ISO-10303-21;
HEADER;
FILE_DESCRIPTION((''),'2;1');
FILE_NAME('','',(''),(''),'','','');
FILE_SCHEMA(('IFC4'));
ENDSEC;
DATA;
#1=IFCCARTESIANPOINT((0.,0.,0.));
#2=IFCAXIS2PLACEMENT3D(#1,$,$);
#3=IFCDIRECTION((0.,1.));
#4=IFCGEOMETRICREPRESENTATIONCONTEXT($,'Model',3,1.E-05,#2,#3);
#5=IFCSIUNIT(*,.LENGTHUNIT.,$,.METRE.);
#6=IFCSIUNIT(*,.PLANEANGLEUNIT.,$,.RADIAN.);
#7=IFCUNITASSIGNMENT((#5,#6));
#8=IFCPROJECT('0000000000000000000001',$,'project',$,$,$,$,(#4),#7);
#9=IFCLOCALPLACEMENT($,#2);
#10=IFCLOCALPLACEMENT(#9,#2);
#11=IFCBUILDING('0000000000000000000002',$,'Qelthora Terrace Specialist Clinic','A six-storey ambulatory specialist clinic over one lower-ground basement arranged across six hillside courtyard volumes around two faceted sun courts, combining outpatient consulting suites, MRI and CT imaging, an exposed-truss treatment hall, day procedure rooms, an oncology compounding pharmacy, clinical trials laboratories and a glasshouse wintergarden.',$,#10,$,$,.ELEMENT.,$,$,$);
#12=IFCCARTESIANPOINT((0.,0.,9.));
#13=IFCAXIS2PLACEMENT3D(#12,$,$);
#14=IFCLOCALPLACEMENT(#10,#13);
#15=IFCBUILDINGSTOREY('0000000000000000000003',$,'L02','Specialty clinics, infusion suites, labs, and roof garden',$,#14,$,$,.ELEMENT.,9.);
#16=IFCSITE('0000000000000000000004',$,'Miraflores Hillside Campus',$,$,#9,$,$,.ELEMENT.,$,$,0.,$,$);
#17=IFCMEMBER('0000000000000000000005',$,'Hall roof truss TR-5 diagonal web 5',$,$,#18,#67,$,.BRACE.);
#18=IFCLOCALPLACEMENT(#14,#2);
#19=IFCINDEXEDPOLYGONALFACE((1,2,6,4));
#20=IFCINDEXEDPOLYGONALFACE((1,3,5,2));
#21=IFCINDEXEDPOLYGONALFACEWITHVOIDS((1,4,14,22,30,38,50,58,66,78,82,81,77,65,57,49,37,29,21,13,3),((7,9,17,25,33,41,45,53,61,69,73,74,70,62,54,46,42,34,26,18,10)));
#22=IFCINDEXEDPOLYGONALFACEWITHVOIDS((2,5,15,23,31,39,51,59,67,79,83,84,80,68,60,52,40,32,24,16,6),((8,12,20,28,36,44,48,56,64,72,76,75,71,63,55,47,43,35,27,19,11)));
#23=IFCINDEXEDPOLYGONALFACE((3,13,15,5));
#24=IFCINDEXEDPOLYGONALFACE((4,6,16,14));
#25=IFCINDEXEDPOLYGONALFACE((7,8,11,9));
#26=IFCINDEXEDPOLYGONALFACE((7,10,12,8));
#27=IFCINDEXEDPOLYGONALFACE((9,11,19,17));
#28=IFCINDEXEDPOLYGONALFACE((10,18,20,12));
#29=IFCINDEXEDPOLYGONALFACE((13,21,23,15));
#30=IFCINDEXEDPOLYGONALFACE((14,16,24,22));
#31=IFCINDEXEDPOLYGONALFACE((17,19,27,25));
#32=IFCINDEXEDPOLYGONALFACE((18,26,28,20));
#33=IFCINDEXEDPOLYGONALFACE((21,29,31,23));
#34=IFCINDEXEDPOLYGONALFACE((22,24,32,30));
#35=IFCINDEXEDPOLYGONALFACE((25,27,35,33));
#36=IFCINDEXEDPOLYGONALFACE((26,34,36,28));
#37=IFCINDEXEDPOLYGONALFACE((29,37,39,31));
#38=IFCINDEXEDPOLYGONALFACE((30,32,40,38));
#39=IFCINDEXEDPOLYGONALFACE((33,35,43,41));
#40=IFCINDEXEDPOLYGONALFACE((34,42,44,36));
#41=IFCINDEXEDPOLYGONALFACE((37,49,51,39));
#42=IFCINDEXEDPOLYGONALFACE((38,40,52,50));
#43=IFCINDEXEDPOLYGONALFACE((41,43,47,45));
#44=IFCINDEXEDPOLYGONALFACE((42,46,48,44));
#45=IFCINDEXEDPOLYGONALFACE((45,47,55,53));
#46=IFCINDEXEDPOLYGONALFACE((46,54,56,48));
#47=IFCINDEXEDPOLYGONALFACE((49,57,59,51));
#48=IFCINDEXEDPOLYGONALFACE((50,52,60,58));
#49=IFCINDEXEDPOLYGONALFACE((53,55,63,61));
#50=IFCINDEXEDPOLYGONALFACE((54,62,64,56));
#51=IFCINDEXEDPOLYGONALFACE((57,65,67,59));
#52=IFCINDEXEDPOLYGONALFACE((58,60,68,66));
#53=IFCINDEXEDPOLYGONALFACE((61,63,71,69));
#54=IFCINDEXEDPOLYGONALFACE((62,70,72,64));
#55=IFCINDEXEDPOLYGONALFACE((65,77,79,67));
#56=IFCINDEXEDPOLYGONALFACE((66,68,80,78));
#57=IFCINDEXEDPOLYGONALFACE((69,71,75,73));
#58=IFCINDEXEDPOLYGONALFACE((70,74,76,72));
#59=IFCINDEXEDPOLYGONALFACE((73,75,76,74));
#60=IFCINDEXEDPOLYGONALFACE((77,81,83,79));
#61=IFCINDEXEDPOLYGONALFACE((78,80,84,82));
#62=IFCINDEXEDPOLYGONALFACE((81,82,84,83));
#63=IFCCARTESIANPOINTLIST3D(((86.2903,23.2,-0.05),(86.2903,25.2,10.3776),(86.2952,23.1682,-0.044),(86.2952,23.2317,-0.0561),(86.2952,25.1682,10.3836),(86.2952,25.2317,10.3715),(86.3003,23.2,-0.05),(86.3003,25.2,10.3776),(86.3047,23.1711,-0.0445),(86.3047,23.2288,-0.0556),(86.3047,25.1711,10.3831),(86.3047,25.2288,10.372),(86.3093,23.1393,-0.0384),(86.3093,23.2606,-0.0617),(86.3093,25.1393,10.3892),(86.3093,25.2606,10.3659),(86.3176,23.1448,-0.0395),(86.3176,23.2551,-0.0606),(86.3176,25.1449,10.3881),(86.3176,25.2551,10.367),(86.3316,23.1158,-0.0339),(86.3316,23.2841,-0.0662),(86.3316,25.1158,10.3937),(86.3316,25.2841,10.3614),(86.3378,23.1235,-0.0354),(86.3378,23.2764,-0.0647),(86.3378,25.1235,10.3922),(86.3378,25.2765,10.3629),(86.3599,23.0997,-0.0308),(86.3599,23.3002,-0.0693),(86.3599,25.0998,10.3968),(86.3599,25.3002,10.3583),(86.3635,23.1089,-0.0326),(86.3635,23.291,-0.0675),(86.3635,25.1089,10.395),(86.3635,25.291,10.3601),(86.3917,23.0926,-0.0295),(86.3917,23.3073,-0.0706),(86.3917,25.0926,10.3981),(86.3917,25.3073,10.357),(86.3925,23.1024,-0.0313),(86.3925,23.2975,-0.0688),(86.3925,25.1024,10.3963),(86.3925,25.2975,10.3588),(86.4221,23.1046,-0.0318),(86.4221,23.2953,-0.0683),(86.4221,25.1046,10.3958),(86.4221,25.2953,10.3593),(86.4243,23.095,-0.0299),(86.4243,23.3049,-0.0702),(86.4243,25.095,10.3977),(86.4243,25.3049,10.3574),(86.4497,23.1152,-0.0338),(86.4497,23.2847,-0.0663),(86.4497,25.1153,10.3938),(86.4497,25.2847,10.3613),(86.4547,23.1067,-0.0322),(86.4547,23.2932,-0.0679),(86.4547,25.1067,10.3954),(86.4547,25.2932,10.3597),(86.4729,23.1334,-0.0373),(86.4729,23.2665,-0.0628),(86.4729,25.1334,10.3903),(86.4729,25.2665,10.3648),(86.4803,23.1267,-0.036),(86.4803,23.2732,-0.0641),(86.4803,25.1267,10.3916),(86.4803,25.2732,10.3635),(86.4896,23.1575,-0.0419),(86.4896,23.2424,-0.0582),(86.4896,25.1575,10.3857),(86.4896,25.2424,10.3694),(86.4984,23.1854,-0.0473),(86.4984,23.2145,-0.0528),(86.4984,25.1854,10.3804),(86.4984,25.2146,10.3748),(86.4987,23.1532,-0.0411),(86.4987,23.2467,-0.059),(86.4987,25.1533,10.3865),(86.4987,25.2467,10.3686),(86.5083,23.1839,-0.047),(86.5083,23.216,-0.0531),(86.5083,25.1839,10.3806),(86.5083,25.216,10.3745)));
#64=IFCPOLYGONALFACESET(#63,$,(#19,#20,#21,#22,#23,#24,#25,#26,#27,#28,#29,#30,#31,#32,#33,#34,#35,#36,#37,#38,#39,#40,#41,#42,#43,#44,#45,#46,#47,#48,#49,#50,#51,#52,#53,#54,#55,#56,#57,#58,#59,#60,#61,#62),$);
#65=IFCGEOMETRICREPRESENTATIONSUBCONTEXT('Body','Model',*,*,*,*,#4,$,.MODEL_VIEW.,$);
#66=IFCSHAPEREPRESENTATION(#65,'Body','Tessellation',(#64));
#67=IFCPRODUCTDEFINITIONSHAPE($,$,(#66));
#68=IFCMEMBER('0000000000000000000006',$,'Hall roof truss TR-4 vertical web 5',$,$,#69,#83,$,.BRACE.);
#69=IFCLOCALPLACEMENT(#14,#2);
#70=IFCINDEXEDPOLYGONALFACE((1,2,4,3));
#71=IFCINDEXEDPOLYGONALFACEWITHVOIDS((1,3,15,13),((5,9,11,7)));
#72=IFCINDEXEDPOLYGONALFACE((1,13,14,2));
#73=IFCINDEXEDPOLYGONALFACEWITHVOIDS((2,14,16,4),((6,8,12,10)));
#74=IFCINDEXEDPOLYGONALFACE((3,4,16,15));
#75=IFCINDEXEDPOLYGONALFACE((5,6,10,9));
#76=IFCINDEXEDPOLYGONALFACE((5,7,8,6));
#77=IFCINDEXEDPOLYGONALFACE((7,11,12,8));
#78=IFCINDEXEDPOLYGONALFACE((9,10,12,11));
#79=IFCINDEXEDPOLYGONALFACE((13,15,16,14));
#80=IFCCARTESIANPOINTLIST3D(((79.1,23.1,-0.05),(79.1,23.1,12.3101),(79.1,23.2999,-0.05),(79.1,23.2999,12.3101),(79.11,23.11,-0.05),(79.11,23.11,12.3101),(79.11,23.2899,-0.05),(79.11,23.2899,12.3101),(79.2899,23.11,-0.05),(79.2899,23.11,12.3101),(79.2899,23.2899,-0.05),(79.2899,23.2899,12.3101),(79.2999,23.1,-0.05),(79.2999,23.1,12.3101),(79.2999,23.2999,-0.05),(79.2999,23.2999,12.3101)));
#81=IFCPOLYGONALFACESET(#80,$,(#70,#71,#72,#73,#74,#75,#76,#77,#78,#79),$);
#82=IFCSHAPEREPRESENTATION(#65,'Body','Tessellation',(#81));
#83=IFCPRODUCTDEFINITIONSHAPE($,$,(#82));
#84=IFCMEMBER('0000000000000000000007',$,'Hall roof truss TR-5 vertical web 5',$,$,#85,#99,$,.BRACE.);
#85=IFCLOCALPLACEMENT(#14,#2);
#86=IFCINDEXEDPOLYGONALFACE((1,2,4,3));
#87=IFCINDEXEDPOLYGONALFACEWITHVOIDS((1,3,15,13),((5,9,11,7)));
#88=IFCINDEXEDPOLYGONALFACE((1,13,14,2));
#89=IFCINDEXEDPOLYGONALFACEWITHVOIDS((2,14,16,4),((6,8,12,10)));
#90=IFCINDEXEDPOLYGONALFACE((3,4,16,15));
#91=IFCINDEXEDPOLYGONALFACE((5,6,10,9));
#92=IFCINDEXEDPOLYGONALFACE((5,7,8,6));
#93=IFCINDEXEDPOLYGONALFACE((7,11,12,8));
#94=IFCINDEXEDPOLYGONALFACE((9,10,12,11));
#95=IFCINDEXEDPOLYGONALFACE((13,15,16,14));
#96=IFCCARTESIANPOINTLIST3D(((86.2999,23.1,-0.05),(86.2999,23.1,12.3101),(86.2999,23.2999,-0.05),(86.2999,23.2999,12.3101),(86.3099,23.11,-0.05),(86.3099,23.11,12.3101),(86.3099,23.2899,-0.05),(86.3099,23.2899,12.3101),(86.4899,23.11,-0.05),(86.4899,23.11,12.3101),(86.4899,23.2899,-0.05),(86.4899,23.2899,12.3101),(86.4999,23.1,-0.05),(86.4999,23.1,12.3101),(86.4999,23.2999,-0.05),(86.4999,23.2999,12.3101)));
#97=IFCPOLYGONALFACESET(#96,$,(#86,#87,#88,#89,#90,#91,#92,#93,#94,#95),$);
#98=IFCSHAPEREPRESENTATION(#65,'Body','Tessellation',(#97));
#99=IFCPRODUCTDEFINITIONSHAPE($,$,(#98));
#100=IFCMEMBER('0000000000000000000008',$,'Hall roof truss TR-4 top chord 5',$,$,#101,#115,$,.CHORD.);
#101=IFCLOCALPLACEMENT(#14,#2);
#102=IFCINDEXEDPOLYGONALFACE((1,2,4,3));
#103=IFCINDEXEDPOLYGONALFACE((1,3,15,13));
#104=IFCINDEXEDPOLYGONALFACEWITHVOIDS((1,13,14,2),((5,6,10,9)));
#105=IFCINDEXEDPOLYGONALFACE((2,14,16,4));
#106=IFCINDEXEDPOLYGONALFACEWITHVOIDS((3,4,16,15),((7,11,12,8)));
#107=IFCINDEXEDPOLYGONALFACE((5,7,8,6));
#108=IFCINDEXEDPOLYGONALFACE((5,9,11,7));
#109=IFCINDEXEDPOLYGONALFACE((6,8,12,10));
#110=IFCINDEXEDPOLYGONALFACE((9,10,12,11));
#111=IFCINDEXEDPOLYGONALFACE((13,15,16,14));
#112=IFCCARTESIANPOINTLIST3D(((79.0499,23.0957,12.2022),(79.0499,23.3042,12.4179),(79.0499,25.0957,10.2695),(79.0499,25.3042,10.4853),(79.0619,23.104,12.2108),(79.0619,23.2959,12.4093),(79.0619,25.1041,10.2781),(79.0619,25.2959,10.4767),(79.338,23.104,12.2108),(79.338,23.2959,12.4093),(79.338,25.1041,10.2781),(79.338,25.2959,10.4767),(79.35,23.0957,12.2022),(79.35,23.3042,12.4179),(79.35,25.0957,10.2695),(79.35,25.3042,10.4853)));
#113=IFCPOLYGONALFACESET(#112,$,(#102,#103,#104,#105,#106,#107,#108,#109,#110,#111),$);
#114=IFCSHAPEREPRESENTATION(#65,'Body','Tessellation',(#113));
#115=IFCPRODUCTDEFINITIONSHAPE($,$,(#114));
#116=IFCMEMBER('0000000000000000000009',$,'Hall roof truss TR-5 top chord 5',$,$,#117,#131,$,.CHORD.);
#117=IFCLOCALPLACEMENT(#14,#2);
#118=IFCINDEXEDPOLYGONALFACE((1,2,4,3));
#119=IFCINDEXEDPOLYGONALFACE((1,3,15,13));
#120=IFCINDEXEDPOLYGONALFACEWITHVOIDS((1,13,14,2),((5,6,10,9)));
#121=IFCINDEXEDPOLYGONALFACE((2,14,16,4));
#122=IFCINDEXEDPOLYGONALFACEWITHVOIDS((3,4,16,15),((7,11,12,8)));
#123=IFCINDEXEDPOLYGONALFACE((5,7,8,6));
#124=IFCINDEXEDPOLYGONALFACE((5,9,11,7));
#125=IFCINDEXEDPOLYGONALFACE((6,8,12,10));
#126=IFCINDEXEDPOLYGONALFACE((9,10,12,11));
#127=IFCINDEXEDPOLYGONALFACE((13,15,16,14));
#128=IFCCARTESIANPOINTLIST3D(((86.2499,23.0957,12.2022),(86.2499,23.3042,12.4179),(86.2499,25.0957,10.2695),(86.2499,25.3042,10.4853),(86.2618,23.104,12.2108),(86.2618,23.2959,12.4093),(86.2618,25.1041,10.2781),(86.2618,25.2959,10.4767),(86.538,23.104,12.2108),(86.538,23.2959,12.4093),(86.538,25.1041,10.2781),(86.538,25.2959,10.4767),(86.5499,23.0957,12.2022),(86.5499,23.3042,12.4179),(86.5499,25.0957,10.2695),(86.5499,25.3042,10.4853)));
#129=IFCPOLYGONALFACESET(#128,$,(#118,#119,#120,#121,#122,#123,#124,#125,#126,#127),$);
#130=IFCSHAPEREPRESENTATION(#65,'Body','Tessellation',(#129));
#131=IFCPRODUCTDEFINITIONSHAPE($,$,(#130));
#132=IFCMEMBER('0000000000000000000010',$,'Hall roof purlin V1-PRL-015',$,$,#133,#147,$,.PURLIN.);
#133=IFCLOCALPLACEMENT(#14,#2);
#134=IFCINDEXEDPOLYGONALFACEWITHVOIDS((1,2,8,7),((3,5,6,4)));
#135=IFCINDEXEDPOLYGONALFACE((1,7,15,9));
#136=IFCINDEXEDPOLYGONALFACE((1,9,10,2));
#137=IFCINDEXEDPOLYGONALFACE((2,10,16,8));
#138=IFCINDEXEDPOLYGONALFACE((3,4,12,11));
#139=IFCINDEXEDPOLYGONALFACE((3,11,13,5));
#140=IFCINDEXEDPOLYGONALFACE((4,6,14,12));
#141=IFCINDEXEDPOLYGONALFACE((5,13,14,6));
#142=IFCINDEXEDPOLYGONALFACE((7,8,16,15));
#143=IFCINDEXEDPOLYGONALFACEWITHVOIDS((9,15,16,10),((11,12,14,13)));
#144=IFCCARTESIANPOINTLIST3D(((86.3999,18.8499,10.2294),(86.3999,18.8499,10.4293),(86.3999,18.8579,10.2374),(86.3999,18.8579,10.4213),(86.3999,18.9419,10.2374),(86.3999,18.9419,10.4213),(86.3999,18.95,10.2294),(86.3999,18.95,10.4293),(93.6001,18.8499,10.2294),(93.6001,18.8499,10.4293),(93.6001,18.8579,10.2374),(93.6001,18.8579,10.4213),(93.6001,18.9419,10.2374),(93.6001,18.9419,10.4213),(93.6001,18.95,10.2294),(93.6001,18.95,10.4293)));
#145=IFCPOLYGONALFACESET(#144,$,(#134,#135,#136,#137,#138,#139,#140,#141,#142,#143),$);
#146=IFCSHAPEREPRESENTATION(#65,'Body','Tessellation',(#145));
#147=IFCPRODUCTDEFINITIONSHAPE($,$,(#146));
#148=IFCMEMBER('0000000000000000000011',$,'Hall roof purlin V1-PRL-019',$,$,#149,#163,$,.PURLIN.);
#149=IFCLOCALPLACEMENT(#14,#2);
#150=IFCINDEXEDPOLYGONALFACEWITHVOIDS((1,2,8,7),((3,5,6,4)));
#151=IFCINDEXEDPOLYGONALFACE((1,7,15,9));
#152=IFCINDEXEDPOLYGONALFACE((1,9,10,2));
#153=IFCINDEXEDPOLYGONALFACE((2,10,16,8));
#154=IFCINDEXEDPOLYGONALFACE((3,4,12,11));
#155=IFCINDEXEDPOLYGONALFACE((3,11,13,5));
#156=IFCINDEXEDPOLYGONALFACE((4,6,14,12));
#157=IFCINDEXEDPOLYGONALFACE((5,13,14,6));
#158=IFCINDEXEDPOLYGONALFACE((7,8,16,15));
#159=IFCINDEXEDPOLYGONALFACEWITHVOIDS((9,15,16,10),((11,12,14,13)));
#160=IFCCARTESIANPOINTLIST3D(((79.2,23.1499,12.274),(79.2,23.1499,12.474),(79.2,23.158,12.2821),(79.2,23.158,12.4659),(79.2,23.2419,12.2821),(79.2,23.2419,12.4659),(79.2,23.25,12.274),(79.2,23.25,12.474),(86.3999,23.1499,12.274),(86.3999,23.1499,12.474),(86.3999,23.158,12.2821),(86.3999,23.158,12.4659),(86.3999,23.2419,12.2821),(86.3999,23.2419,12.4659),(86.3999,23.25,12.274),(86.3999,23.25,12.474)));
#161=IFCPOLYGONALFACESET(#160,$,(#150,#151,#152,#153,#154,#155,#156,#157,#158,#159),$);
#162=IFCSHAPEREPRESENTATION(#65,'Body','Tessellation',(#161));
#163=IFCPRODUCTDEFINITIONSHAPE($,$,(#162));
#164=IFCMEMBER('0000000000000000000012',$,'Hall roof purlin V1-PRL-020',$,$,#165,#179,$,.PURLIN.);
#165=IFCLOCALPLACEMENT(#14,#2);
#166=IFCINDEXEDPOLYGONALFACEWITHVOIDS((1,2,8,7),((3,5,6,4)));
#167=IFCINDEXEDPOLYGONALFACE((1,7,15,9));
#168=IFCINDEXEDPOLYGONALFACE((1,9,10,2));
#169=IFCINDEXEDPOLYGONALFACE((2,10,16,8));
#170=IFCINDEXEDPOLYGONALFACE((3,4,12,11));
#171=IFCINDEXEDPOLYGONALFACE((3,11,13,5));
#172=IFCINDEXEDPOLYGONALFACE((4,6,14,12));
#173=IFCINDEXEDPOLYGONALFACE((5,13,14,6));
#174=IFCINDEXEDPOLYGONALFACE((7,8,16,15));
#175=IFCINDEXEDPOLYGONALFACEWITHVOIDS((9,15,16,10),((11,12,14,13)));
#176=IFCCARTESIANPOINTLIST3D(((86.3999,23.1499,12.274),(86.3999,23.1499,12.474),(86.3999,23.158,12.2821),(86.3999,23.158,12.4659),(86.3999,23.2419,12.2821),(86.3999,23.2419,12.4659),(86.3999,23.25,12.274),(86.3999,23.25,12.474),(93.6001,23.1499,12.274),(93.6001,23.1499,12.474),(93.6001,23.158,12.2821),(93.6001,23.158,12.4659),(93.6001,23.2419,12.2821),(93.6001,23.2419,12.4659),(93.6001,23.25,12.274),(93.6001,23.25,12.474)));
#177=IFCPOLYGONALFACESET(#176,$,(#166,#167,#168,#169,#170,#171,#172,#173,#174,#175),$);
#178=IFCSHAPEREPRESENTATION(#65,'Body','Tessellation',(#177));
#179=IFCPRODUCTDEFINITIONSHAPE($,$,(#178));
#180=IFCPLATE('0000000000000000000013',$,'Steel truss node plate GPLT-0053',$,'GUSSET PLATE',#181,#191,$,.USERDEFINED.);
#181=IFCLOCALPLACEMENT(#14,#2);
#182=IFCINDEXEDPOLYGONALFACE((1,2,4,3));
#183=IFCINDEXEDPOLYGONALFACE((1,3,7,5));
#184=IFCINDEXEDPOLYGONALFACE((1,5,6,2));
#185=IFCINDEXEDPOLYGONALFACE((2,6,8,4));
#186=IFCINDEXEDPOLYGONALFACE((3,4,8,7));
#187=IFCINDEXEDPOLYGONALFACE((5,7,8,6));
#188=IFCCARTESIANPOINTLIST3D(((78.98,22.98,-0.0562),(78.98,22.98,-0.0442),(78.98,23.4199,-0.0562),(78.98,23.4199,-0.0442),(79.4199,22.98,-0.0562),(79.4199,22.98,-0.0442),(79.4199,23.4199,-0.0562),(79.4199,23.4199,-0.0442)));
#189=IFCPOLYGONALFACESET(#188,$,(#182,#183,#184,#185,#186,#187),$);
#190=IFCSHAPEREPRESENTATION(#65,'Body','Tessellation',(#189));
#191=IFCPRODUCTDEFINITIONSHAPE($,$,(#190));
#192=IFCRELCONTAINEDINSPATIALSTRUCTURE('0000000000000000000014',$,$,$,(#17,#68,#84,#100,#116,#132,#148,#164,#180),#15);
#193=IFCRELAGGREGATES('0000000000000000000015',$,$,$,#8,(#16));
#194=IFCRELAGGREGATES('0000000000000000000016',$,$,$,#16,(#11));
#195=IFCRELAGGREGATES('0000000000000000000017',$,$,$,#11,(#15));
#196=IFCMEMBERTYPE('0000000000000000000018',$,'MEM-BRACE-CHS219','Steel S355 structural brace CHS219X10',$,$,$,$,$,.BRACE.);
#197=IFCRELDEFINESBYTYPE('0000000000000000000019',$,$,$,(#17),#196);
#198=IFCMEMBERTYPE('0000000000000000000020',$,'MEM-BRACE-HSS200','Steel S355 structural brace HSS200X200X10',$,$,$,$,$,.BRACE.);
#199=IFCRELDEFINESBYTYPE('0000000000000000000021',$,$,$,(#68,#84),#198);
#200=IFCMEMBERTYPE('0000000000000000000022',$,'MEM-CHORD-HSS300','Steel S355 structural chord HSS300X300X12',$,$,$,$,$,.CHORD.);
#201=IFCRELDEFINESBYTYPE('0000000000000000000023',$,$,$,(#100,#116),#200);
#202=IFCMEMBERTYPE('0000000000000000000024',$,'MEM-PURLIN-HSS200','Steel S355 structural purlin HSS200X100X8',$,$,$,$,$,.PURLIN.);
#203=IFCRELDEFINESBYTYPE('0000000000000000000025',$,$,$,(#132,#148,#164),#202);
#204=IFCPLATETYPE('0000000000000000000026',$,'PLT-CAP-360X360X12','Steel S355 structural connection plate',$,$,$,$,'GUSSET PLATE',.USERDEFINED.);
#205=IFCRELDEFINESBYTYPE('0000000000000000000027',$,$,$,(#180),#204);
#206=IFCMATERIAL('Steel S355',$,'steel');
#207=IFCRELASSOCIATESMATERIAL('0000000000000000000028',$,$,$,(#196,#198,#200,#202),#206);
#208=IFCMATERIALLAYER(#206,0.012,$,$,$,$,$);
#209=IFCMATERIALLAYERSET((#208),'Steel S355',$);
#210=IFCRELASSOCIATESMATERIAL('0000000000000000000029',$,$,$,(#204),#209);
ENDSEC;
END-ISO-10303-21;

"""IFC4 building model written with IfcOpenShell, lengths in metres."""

from ifc_helpers import new_model, si_unit, direction, frame, origin, origin_2d, place, context, subcontext, project, spatial, rectangle, hollow_rectangle, hollow_circle, extrude, material, layer, layer_set, material_profile, profile_set, type_object, element, save


model = new_model("IFC4")

# Units and contexts
model_context = context("Model", 3, precision=1e-05, world=origin(), true_north=direction((0.0, 1.0)))
body_context = subcontext(model_context, "Body", "Model", "MODEL_VIEW")
ifc_project = project(units=[si_unit("LENGTHUNIT", "METRE"), si_unit("PLANEANGLEUNIT", "RADIAN")], contexts=[model_context])

# Site, building, storey
site_placement = place(None, origin())
site = spatial("IfcSite", under=ifc_project, at=site_placement, Name="Miraflores Hillside Campus", CompositionType="ELEMENT", RefElevation=0.0)
building_placement = place(site_placement, origin())
building = spatial("IfcBuilding", under=site, at=building_placement, Name="Qelthora Terrace Specialist Clinic", Description="A six-storey ambulatory specialist clinic over one lower-ground basement arranged across six hillside courtyard volumes around two faceted sun courts, combining outpatient consulting suites, MRI and CT imaging, an exposed-truss treatment hall, day procedure rooms, an oncology compounding pharmacy, clinical trials laboratories and a glasshouse wintergarden.", CompositionType="ELEMENT")
storey_placement = place(building_placement, frame((0.0, 0.0, 9.0)))
storey = spatial("IfcBuildingStorey", under=building, at=storey_placement, Name="L02", Description="Specialty clinics, infusion suites, labs, and roof garden", CompositionType="ELEMENT", Elevation=9.0)

# Shared definitions
ifc_material_1 = material(Name="Steel S355", Category="steel")

# Members
ifc_material_profile_1 = material_profile(ifc_material_1, hollow_circle(Radius=0.1096, WallThickness=0.01, at=origin_2d()), Name="CHS219X10")
ifc_profile_set_1 = profile_set([ifc_material_profile_1], Name="Steel S355")
member_type_1 = type_object("IfcMemberType", Name="MEM-BRACE-CHS219", Description="Steel S355 structural brace CHS219X10", PredefinedType="BRACE", material=ifc_profile_set_1)
for number, where, z_axis, x_axis, name in (
    (1, (86.3999, 23.2, -0.05), (0.0, 0.188367, 0.982099), (-1.0, 0.0, 0.0), "Hall roof truss TR-5 diagonal web 5"),
):
    element("IfcMember", number, at=place(storey_placement, frame(where, z_axis=z_axis, x_axis=x_axis)), inside=storey, type_object=member_type_1, Name=name, PredefinedType="BRACE", context=body_context, shape_type="SweptSolid", body=[
        extrude(hollow_circle(Radius=0.1096, WallThickness=0.01, at=origin_2d()), origin(), (0.0, 0.0, 1.0), 10.6177),
    ])
ifc_material_profile_2 = material_profile(ifc_material_1, hollow_rectangle(XDim=0.2, YDim=0.2, WallThickness=0.01, at=origin_2d()), Name="HSS200X200X10")
ifc_profile_set_2 = profile_set([ifc_material_profile_2], Name="Steel S355")
member_type_2 = type_object("IfcMemberType", Name="MEM-BRACE-HSS200", Description="Steel S355 structural brace HSS200X200X10", PredefinedType="BRACE", material=ifc_profile_set_2)
for number, where, z_axis, x_axis, name in (
    (2, (79.2, 23.2, -0.05), (0.0, 0.0, 1.0), (1.0, 0.0, 0.0), "Hall roof truss TR-4 vertical web 5"),
    (3, (86.3999, 23.2, -0.05), (0.0, 0.0, 1.0), (1.0, 0.0, 0.0), "Hall roof truss TR-5 vertical web 5"),
):
    element("IfcMember", number, at=place(storey_placement, frame(where, z_axis=z_axis, x_axis=x_axis)), inside=storey, type_object=member_type_2, Name=name, PredefinedType="BRACE", context=body_context, shape_type="SweptSolid", body=[
        extrude(hollow_rectangle(XDim=0.2, YDim=0.2, WallThickness=0.01, at=origin_2d()), origin(), (0.0, 0.0, 1.0), 12.3601),
    ])
ifc_material_profile_3 = material_profile(ifc_material_1, hollow_rectangle(XDim=0.3, YDim=0.3, WallThickness=0.012, at=origin_2d()), Name="HSS300X300X12")
ifc_profile_set_3 = profile_set([ifc_material_profile_3], Name="Steel S355")
member_type_3 = type_object("IfcMemberType", Name="MEM-CHORD-HSS300", Description="Steel S355 structural chord HSS300X300X12", PredefinedType="CHORD", material=ifc_profile_set_3)
for number, where, z_axis, x_axis, name in (
    (4, (79.2, 23.2, 12.3101), (0.0, 0.719117, -0.694889), (-1.0, 0.0, 0.0), "Hall roof truss TR-4 top chord 5"),
    (5, (86.3999, 23.2, 12.3101), (0.0, 0.719117, -0.694889), (-1.0, 0.0, 0.0), "Hall roof truss TR-5 top chord 5"),
):
    element("IfcMember", number, at=place(storey_placement, frame(where, z_axis=z_axis, x_axis=x_axis)), inside=storey, type_object=member_type_3, Name=name, PredefinedType="CHORD", context=body_context, shape_type="SweptSolid", body=[
        extrude(hollow_rectangle(XDim=0.3, YDim=0.3, WallThickness=0.012, at=origin_2d()), origin(), (0.0, 0.0, 1.0), 2.7812),
    ])
ifc_material_profile_4 = material_profile(ifc_material_1, hollow_rectangle(XDim=0.1001, YDim=0.2, WallThickness=0.0081, at=origin_2d()), Name="HSS200X100X8")
ifc_profile_set_4 = profile_set([ifc_material_profile_4], Name="Steel S355")
member_type_4 = type_object("IfcMemberType", Name="MEM-PURLIN-HSS200", Description="Steel S355 structural purlin HSS200X100X8", PredefinedType="PURLIN", material=ifc_profile_set_4)
member_1_placement = place(storey_placement, frame((86.3999, 18.8999, 10.3293), z_axis=(1.0, 0.0, 0.0), x_axis=(0.0, 1.0, 0.0)))
element("IfcMember", 6, at=member_1_placement, inside=storey, type_object=member_type_4, Name="Hall roof purlin V1-PRL-015", PredefinedType="PURLIN", context=body_context, shape_type="SweptSolid", body=[
    extrude(hollow_rectangle(XDim=0.1001, YDim=0.2, WallThickness=0.0081, at=origin_2d()), origin(), (0.0, 0.0, 1.0), 7.2002),
])
member_2_placement = place(storey_placement, frame((79.2, 23.2, 12.374), z_axis=(1.0, 0.0, 0.0), x_axis=(0.0, 1.0, 0.0)))
element("IfcMember", 7, at=member_2_placement, inside=storey, type_object=member_type_4, Name="Hall roof purlin V1-PRL-019", PredefinedType="PURLIN", context=body_context, shape_type="SweptSolid", body=[
    extrude(hollow_rectangle(XDim=0.1001, YDim=0.2, WallThickness=0.0081, at=origin_2d()), origin(), (0.0, 0.0, 1.0), 7.2),
])
member_3_placement = place(storey_placement, frame((86.3999, 23.2, 12.374), z_axis=(1.0, 0.0, 0.0), x_axis=(0.0, 1.0, 0.0)))
element("IfcMember", 8, at=member_3_placement, inside=storey, type_object=member_type_4, Name="Hall roof purlin V1-PRL-020", PredefinedType="PURLIN", context=body_context, shape_type="SweptSolid", body=[
    extrude(hollow_rectangle(XDim=0.1001, YDim=0.2, WallThickness=0.0081, at=origin_2d()), origin(), (0.0, 0.0, 1.0), 7.2002),
])

# Plate
ifc_layer_1 = layer(ifc_material_1, 0.012)
ifc_layer_set_1 = layer_set([ifc_layer_1], Name="Steel S355")
plate_type_1 = type_object("IfcPlateType", Name="PLT-CAP-360X360X12", Description="Steel S355 structural connection plate", ElementType="GUSSET PLATE", PredefinedType="USERDEFINED", material=ifc_layer_set_1)
for number, where, z_axis, x_axis, name in (
    (9, (79.2, 23.2, -0.0562), (0.0, 0.0, 1.0), (1.0, 0.0, 0.0), "Steel truss node plate GPLT-0053"),
):
    element("IfcPlate", number, at=place(storey_placement, frame(where, z_axis=z_axis, x_axis=x_axis)), inside=storey, type_object=plate_type_1, Name=name, ObjectType="GUSSET PLATE", PredefinedType="USERDEFINED", context=body_context, shape_type="SweptSolid", body=[
        extrude(rectangle(XDim=0.4399, YDim=0.4399, at=origin_2d()), origin(), (0.0, 0.0, 1.0), 0.012),
    ])

save(model, "model.ifc")
